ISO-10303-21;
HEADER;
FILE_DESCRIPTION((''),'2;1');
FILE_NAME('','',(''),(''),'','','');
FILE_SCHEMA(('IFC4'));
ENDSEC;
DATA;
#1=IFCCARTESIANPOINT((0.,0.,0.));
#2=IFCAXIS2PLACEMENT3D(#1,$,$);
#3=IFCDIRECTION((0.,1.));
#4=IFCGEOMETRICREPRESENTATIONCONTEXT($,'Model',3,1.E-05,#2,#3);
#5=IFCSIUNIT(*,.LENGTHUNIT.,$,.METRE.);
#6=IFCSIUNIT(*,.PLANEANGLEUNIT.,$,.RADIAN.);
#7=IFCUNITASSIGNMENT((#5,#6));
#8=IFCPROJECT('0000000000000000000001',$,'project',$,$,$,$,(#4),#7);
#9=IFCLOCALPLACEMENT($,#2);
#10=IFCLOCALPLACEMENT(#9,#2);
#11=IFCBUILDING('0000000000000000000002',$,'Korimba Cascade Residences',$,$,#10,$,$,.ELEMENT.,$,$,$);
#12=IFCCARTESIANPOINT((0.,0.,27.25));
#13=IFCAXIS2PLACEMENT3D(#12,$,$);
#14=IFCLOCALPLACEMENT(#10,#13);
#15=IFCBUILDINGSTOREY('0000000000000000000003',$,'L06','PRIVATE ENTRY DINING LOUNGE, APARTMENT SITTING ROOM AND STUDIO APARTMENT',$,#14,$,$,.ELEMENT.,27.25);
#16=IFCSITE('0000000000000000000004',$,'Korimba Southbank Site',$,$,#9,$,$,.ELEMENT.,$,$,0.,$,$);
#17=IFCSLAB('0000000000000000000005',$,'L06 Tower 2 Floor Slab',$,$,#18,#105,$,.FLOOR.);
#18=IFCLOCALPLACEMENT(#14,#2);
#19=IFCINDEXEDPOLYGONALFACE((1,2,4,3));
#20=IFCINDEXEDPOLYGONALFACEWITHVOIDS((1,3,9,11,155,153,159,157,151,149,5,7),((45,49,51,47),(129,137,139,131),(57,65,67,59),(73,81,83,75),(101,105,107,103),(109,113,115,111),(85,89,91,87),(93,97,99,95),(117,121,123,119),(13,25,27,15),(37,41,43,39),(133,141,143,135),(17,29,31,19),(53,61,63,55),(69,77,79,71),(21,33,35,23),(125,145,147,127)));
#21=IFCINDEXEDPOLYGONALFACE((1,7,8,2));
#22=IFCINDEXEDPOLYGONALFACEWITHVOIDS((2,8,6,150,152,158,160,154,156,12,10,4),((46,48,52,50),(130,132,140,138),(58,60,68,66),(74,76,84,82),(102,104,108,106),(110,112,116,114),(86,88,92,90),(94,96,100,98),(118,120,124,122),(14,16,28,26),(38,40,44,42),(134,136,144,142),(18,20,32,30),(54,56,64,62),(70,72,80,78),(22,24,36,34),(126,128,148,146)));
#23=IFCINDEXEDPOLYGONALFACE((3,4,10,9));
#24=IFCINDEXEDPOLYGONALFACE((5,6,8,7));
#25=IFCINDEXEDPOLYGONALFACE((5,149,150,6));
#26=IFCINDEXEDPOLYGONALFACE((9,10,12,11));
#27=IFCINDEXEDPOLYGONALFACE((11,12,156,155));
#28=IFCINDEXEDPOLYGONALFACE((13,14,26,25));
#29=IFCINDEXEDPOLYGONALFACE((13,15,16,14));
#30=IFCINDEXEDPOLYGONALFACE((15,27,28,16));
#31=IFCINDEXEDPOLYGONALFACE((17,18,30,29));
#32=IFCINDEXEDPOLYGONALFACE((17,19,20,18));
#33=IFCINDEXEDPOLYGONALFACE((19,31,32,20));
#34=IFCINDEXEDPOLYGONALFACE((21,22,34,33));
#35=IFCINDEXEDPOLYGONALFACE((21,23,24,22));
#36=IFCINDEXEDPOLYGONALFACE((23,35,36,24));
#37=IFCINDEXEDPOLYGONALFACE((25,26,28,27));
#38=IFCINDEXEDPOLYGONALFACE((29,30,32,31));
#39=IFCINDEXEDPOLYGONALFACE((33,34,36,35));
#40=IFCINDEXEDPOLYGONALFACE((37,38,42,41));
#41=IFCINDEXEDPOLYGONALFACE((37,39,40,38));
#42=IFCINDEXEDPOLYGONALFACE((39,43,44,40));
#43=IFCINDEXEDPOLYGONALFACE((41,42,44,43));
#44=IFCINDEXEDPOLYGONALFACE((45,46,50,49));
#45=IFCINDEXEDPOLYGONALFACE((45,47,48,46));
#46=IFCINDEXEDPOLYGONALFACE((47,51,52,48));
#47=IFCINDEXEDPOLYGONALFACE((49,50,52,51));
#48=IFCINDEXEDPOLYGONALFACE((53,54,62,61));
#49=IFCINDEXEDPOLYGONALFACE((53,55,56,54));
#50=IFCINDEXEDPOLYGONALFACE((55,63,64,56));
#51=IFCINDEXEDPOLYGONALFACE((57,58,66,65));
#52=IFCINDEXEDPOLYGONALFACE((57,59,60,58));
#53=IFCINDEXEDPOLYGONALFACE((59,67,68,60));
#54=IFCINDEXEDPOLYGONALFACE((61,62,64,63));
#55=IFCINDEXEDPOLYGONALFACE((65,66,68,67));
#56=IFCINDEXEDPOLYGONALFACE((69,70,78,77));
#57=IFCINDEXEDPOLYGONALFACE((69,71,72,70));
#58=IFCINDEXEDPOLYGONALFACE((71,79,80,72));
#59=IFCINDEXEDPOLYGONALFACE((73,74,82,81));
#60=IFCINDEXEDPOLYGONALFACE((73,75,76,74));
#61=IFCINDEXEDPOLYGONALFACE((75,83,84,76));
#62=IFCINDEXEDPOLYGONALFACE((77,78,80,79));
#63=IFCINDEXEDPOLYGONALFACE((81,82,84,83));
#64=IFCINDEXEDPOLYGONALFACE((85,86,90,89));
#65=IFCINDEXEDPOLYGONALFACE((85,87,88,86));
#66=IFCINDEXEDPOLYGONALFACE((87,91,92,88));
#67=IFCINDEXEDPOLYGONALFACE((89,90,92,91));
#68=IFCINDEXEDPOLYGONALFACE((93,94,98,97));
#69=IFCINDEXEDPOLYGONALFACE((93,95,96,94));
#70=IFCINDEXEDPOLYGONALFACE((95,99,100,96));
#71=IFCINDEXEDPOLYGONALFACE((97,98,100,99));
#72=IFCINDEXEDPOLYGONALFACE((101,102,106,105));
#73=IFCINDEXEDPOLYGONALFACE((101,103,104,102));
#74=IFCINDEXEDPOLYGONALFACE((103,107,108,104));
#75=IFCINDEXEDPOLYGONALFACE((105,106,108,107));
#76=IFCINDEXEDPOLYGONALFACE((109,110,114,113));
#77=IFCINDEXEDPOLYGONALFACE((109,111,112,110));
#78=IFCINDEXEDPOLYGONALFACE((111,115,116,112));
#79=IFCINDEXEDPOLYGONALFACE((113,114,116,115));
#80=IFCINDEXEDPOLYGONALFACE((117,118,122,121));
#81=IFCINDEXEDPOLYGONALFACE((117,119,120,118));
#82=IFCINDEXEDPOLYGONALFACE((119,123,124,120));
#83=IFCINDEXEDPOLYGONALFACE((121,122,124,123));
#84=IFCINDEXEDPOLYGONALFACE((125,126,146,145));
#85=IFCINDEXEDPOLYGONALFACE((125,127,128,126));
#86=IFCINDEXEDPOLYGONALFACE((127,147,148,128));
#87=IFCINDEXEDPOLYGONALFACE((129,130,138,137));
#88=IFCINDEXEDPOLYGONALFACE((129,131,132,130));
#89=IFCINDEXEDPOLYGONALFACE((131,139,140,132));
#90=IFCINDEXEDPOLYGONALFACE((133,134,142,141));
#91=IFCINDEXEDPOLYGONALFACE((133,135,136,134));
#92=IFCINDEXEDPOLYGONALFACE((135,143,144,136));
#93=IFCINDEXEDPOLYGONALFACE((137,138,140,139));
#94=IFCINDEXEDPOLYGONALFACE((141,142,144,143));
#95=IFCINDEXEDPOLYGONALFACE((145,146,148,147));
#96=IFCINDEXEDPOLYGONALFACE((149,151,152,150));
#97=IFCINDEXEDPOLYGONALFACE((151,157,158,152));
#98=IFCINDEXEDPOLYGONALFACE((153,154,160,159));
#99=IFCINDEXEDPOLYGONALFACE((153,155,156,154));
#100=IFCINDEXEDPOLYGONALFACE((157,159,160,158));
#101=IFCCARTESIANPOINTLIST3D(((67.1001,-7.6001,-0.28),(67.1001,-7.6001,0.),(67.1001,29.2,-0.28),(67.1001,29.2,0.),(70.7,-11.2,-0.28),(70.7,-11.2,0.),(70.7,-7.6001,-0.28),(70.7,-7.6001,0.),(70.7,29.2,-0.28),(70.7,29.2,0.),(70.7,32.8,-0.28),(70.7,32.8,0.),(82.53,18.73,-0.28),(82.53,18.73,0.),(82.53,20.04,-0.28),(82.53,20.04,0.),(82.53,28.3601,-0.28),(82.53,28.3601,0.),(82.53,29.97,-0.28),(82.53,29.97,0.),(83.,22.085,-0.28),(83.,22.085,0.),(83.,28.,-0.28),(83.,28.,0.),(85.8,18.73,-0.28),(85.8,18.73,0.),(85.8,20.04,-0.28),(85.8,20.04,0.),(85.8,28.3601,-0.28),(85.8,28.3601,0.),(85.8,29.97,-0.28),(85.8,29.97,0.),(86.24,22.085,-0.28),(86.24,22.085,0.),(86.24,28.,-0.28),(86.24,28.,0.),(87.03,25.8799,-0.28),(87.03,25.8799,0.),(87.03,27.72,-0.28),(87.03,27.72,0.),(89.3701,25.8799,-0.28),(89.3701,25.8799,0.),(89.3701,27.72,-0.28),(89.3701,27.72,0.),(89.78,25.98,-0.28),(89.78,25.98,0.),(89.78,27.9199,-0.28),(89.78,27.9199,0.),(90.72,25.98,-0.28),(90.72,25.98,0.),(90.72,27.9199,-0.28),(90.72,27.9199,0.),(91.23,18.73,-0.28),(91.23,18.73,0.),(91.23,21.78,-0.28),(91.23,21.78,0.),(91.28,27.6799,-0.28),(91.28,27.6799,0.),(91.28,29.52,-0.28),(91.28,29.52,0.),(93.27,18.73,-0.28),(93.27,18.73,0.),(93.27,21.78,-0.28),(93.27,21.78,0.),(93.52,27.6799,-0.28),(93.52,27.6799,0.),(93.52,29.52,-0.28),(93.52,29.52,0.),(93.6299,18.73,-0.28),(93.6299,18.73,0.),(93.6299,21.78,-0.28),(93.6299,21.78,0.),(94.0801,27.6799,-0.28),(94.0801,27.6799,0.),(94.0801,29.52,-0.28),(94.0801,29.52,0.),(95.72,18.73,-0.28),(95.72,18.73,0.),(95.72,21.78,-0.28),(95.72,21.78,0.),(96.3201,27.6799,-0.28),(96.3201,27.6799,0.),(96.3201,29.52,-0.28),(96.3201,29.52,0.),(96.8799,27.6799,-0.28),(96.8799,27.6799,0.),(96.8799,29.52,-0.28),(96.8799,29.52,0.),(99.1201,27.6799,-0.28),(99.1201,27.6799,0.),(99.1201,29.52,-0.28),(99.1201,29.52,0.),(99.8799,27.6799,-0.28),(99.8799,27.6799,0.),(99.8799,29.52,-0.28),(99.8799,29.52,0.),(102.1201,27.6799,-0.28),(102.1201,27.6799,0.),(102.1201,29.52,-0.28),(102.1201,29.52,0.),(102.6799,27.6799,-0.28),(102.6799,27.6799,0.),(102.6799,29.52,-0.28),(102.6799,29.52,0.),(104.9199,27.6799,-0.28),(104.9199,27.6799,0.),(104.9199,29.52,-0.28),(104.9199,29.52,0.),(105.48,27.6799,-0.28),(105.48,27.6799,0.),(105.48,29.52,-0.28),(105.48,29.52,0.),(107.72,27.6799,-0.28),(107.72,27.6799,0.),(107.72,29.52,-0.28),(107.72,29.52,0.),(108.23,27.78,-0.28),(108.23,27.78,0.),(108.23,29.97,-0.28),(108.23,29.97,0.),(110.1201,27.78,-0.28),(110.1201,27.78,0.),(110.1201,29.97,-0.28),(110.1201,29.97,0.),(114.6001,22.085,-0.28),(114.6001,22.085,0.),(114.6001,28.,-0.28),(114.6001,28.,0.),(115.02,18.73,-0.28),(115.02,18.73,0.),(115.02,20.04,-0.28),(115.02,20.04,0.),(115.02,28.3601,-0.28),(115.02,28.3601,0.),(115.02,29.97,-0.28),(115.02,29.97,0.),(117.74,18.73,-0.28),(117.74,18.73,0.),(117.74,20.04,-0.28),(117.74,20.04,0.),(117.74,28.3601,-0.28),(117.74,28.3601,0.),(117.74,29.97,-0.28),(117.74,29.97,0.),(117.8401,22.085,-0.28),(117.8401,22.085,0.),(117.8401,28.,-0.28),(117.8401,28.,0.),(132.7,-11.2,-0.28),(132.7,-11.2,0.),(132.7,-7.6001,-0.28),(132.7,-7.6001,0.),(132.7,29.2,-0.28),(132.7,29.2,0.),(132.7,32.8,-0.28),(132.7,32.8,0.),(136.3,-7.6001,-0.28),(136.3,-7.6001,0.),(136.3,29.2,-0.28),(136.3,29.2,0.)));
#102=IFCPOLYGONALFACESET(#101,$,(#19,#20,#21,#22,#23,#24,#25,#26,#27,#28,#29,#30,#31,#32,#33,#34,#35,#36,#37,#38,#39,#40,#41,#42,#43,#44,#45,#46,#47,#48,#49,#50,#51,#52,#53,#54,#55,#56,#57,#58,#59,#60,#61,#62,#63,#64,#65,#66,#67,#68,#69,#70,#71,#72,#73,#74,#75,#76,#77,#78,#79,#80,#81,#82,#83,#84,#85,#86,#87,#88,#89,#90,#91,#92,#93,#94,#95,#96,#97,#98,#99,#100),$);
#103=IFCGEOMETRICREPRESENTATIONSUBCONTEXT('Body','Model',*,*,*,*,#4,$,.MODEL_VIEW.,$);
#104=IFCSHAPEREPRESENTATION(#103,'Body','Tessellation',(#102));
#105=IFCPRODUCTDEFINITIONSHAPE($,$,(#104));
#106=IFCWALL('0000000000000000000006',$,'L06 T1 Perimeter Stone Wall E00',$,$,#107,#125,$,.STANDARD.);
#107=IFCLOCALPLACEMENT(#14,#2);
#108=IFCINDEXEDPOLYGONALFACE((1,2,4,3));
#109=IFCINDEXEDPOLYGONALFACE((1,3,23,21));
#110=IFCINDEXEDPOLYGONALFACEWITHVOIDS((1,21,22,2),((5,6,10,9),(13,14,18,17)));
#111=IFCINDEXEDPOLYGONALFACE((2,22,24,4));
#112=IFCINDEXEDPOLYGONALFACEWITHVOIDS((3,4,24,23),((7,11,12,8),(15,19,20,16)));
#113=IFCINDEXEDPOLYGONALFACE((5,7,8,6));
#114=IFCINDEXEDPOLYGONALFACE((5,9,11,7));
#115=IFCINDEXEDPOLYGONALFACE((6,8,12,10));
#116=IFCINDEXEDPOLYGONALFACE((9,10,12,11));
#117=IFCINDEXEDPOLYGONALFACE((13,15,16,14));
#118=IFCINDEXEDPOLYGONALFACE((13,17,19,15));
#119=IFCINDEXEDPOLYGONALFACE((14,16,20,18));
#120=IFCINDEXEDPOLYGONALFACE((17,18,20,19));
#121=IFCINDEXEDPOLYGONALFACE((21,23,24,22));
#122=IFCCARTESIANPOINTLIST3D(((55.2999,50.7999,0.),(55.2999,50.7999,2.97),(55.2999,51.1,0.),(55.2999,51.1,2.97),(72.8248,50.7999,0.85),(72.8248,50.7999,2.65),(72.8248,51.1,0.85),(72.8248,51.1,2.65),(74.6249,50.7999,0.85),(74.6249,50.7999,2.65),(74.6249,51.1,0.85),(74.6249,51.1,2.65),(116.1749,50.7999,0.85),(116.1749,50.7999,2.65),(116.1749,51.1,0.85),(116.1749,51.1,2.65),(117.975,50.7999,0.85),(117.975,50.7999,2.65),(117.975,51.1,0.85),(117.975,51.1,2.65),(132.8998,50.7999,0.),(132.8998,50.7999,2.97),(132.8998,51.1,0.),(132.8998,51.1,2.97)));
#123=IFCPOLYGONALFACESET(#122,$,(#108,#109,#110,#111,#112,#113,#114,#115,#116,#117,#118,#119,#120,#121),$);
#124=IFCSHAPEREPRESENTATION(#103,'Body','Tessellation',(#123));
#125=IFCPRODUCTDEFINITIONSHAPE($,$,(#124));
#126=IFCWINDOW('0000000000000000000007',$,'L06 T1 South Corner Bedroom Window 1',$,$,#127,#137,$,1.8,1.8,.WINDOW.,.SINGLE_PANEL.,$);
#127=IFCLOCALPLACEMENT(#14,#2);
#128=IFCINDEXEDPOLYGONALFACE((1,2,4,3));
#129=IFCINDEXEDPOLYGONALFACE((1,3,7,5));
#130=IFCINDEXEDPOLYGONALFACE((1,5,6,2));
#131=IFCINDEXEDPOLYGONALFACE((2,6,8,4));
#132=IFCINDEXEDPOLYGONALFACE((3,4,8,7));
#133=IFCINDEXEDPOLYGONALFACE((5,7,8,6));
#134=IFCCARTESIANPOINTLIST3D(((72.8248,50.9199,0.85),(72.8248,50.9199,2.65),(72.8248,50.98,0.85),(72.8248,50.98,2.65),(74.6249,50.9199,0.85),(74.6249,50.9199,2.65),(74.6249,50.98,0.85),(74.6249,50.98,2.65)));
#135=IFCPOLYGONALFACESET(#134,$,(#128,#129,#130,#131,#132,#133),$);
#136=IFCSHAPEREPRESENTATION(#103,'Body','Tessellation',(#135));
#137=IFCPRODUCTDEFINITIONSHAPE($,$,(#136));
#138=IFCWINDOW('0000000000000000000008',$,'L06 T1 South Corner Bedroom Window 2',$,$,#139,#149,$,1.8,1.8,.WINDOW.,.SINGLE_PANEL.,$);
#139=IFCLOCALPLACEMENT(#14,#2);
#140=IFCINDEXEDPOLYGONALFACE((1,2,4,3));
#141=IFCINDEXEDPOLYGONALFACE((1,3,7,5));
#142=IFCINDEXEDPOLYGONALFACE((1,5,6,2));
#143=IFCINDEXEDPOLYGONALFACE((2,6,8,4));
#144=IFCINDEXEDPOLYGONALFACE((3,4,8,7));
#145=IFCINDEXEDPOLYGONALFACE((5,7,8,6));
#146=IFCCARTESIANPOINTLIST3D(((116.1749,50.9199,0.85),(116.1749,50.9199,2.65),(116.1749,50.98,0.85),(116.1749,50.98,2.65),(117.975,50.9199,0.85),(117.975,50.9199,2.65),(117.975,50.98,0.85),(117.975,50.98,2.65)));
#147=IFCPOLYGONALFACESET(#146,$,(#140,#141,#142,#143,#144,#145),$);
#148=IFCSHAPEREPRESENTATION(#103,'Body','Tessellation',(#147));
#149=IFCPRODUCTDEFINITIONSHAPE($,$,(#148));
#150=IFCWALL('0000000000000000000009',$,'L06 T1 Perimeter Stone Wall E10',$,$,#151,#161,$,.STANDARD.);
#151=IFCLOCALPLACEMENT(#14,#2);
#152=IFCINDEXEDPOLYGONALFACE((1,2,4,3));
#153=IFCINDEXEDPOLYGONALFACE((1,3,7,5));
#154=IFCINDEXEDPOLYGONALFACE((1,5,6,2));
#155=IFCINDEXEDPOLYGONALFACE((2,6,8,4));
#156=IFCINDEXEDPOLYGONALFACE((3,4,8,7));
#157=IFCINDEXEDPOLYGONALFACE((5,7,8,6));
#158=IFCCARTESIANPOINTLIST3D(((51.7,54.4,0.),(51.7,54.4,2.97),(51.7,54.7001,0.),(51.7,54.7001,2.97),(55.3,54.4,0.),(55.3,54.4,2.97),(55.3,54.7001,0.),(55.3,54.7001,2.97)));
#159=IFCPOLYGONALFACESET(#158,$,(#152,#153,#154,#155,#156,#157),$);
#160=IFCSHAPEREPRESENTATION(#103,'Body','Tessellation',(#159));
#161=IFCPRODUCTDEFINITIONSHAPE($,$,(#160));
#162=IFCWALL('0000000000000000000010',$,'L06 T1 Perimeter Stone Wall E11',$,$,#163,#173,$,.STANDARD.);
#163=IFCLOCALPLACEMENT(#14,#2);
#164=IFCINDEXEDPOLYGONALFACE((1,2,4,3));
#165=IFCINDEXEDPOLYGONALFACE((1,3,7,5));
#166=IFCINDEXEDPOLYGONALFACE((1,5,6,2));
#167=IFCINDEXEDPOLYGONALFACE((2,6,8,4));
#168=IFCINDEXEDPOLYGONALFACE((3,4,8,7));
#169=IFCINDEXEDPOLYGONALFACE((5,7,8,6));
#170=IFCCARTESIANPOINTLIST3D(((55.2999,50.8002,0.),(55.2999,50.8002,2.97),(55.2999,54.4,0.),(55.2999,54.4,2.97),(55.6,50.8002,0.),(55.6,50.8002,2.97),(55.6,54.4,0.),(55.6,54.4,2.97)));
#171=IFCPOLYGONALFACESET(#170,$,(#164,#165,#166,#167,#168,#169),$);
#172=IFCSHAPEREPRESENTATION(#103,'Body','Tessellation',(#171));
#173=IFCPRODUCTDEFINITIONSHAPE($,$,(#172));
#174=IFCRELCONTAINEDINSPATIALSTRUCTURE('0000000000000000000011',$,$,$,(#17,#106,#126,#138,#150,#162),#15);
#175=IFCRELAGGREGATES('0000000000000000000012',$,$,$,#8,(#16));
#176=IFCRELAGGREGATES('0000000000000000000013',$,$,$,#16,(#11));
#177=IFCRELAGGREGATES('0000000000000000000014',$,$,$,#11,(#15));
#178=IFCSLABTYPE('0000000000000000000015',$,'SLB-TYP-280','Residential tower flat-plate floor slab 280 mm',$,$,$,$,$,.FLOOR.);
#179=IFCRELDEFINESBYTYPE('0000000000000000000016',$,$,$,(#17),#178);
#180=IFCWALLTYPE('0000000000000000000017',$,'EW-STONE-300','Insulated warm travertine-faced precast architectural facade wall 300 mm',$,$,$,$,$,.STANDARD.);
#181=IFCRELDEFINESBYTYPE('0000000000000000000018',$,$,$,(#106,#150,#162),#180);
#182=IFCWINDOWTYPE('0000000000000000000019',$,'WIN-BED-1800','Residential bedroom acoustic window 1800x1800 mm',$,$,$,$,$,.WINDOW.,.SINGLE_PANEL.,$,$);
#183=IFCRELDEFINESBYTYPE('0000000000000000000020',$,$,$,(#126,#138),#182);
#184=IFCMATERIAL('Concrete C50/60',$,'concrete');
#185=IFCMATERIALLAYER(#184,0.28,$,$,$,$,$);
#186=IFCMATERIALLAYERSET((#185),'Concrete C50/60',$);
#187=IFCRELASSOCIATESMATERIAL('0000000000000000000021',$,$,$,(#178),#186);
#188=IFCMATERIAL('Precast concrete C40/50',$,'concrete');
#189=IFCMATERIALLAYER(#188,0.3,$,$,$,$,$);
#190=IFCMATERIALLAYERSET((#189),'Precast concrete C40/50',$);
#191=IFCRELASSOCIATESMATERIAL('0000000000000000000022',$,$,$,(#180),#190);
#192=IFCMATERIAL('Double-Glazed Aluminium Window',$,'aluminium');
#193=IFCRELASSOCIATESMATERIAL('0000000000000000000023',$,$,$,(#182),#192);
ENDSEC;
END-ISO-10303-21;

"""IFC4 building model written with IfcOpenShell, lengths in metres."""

from ifc_helpers import new_model, si_unit, direction, frame, frame_2d, origin, place, context, subcontext, project, spatial, polyline, rectangle, outline, extrude, material, layer, layer_set, type_object, element, fill, save


model = new_model("IFC4")

# Units and contexts
model_context = context("Model", 3, precision=1e-05, world=origin(), true_north=direction((0.0, 1.0)))
body_context = subcontext(model_context, "Body", "Model", "MODEL_VIEW")
ifc_project = project(units=[si_unit("LENGTHUNIT", "METRE"), si_unit("PLANEANGLEUNIT", "RADIAN")], contexts=[model_context])

# Site, building, storey
site_placement = place(None, origin())
site = spatial("IfcSite", under=ifc_project, at=site_placement, Name="Korimba Southbank Site", CompositionType="ELEMENT", RefElevation=0.0)
building_placement = place(site_placement, origin())
building = spatial("IfcBuilding", under=site, at=building_placement, Name="Korimba Cascade Residences", CompositionType="ELEMENT")
storey_placement = place(building_placement, frame((0.0, 0.0, 27.25)))
storey = spatial("IfcBuildingStorey", under=building, at=storey_placement, Name="L06", Description="PRIVATE ENTRY DINING LOUNGE, APARTMENT SITTING ROOM AND STUDIO APARTMENT", CompositionType="ELEMENT", Elevation=27.25)

# Shared definitions
ifc_material_1 = material(Name="Concrete C50/60", Category="concrete")

# Slab
ifc_material_2 = material(Name="Precast concrete C40/50", Category="concrete")
ifc_layer_1 = layer(ifc_material_1, 0.28)
ifc_layer_set_1 = layer_set([ifc_layer_1], Name="Concrete C50/60")
slab_type_1 = type_object("IfcSlabType", Name="SLB-TYP-280", Description="Residential tower flat-plate floor slab 280 mm", PredefinedType="FLOOR", material=ifc_layer_set_1)
slab_1_placement = place(storey_placement, frame((0.0, 0.0, -0.28)))
element("IfcSlab", 1, at=slab_1_placement, inside=storey, type_object=slab_type_1, Name="L06 Tower 2 Floor Slab", PredefinedType="FLOOR", context=body_context, shape_type="SweptSolid", body=[
    extrude(outline(polyline([(70.7, -11.2), (132.7, -11.2), (132.7, -7.6001), (136.3, -7.6001), (136.3, 29.2), (132.7, 29.2), (132.7, 32.8), (70.7, 32.8), (70.7, 29.2), (67.1001, 29.2), (67.1001, -7.6001), (70.7, -7.6001), (70.7, -11.2)]), holes=[polyline([(86.24, 22.085), (86.24, 28.0), (83.0, 28.0), (83.0, 22.085), (86.24, 22.085)]), polyline([(117.8401, 22.085), (117.8401, 28.0), (114.6001, 28.0), (114.6001, 22.085), (117.8401, 22.085)]), polyline([(87.03, 25.8799), (89.3701, 25.8799), (89.3701, 27.72), (87.03, 27.72), (87.03, 25.8799)]), polyline([(91.28, 27.6799), (93.52, 27.6799), (93.52, 29.52), (91.28, 29.52), (91.28, 27.6799)]), polyline([(94.0801, 27.6799), (96.3201, 27.6799), (96.3201, 29.52), (94.0801, 29.52), (94.0801, 27.6799)]), polyline([(96.8799, 27.6799), (99.1201, 27.6799), (99.1201, 29.52), (96.8799, 29.52), (96.8799, 27.6799)]), polyline([(99.8799, 27.6799), (102.1201, 27.6799), (102.1201, 29.52), (99.8799, 29.52), (99.8799, 27.6799)]), polyline([(102.6799, 27.6799), (104.9199, 27.6799), (104.9199, 29.52), (102.6799, 29.52), (102.6799, 27.6799)]), polyline([(105.48, 27.6799), (107.72, 27.6799), (107.72, 29.52), (105.48, 29.52), (105.48, 27.6799)]), polyline([(89.78, 25.98), (90.72, 25.98), (90.72, 27.9199), (89.78, 27.9199), (89.78, 25.98)]), polyline([(82.53, 18.73), (85.8, 18.73), (85.8, 20.04), (82.53, 20.04), (82.53, 18.73)]), polyline([(82.53, 28.3601), (85.8, 28.3601), (85.8, 29.97), (82.53, 29.97), (82.53, 28.3601)]), polyline([(108.23, 27.78), (110.1201, 27.78), (110.1201, 29.97), (108.23, 29.97), (108.23, 27.78)]), polyline([(91.23, 18.73), (93.27, 18.73), (93.27, 21.78), (91.23, 21.78), (91.23, 18.73)]), polyline([(93.6299, 18.73), (95.72, 18.73), (95.72, 21.78), (93.6299, 21.78), (93.6299, 18.73)]), polyline([(115.02, 18.73), (117.74, 18.73), (117.74, 20.04), (115.02, 20.04), (115.02, 18.73)]), polyline([(115.02, 28.3601), (117.74, 28.3601), (117.74, 29.97), (115.02, 29.97), (115.02, 28.3601)])]), origin(), (0.0, 0.0, 1.0), 0.28),
])

# Wall, openings, windows
ifc_layer_2 = layer(ifc_material_2, 0.3)
ifc_layer_set_2 = layer_set([ifc_layer_2], Name="Precast concrete C40/50")
wall_type_1 = type_object("IfcWallType", Name="EW-STONE-300", Description="Insulated warm travertine-faced precast architectural facade wall 300 mm", PredefinedType="STANDARD", material=ifc_layer_set_2)
wall_1_placement = place(storey_placement, frame((55.3, 50.95, 0.0), z_axis=(0.0, 0.0, 1.0), x_axis=(1.0, 0.0, 0.0)))
wall_1 = element("IfcWall", 2, at=wall_1_placement, inside=storey, type_object=wall_type_1, Name="L06 T1 Perimeter Stone Wall E00", PredefinedType="STANDARD", context=body_context, shape_type="SweptSolid", body=[
    extrude(rectangle(XDim=77.5999, YDim=0.3, at=frame_2d((38.7998, 0.0))), origin(), (0.0, 0.0, 1.0), 2.97),
])
opening_1_placement = place(wall_1_placement, frame((17.5249, 0.0, 0.8501)))
opening_1 = element("IfcOpeningElement", 3, at=opening_1_placement, cuts=wall_1, PredefinedType="OPENING", context=body_context, shape_type="SweptSolid", body=[
    extrude(rectangle(XDim=1.8, YDim=1.8, at=frame_2d((0.8999, 0.8999))), frame((0.0, 0.1602, 0.0), z_axis=(0.0, -1.0, 0.0), x_axis=(1.0, 0.0, 0.0)), (0.0, 0.0, 1.0), 0.3201),
])
opening_2_placement = place(wall_1_placement, frame((60.875, 0.0, 0.8501)))
opening_2 = element("IfcOpeningElement", 4, at=opening_2_placement, cuts=wall_1, PredefinedType="OPENING", context=body_context, shape_type="SweptSolid", body=[
    extrude(rectangle(XDim=1.8, YDim=1.8, at=frame_2d((0.8999, 0.8999))), frame((0.0, 0.1602, 0.0), z_axis=(0.0, -1.0, 0.0), x_axis=(1.0, 0.0, 0.0)), (0.0, 0.0, 1.0), 0.3201),
])
ifc_material_3 = material(Name="Double-Glazed Aluminium Window", Category="aluminium")
window_type = type_object("IfcWindowType", Name="WIN-BED-1800", Description="Residential bedroom acoustic window 1800x1800 mm", PartitioningType="SINGLE_PANEL", PredefinedType="WINDOW", material=ifc_material_3)
window_1_placement = place(opening_1_placement, origin())
window_1 = element("IfcWindow", 5, at=window_1_placement, inside=storey, type_object=window_type, Name="L06 T1 South Corner Bedroom Window 1", OverallHeight=1.8, OverallWidth=1.8, PartitioningType="SINGLE_PANEL", PredefinedType="WINDOW", context=body_context, shape_type="SweptSolid", body=[
    extrude(rectangle(XDim=1.8, YDim=1.8, at=frame_2d((0.8999, 0.8999))), frame((0.0, 0.03, 0.0), z_axis=(0.0, -1.0, 0.0), x_axis=(1.0, 0.0, 0.0)), (0.0, 0.0, 1.0), 0.0601),
])
fill(opening_1, window_1)
window_2_placement = place(opening_2_placement, origin())
window_2 = element("IfcWindow", 6, at=window_2_placement, inside=storey, type_object=window_type, Name="L06 T1 South Corner Bedroom Window 2", OverallHeight=1.8, OverallWidth=1.8, PartitioningType="SINGLE_PANEL", PredefinedType="WINDOW", context=body_context, shape_type="SweptSolid", body=[
    extrude(rectangle(XDim=1.8, YDim=1.8, at=frame_2d((0.8999, 0.8999))), frame((0.0, 0.03, 0.0), z_axis=(0.0, -1.0, 0.0), x_axis=(1.0, 0.0, 0.0)), (0.0, 0.0, 1.0), 0.0601),
])
fill(opening_2, window_2)

# Walls
wall_2_placement = place(storey_placement, frame((51.7, 54.55, 0.0), z_axis=(0.0, 0.0, 1.0), x_axis=(1.0, 0.0, 0.0)))
element("IfcWall", 7, at=wall_2_placement, inside=storey, type_object=wall_type_1, Name="L06 T1 Perimeter Stone Wall E10", PredefinedType="STANDARD", context=body_context, shape_type="SweptSolid", body=[
    extrude(rectangle(XDim=3.6001, YDim=0.3, at=frame_2d((1.8, 0.0))), origin(), (0.0, 0.0, 1.0), 2.97),
])
wall_3_placement = place(storey_placement, frame((55.45, 54.3999, 0.0), z_axis=(0.0, 0.0, 1.0), x_axis=(0.0, -1.0, 0.0)))
element("IfcWall", 8, at=wall_3_placement, inside=storey, type_object=wall_type_1, Name="L06 T1 Perimeter Stone Wall E11", PredefinedType="STANDARD", context=body_context, shape_type="SweptSolid", body=[
    extrude(rectangle(XDim=3.5999, YDim=0.3, at=frame_2d((1.7998, 0.0))), origin(), (0.0, 0.0, 1.0), 2.97),
])

save(model, "model.ifc")
